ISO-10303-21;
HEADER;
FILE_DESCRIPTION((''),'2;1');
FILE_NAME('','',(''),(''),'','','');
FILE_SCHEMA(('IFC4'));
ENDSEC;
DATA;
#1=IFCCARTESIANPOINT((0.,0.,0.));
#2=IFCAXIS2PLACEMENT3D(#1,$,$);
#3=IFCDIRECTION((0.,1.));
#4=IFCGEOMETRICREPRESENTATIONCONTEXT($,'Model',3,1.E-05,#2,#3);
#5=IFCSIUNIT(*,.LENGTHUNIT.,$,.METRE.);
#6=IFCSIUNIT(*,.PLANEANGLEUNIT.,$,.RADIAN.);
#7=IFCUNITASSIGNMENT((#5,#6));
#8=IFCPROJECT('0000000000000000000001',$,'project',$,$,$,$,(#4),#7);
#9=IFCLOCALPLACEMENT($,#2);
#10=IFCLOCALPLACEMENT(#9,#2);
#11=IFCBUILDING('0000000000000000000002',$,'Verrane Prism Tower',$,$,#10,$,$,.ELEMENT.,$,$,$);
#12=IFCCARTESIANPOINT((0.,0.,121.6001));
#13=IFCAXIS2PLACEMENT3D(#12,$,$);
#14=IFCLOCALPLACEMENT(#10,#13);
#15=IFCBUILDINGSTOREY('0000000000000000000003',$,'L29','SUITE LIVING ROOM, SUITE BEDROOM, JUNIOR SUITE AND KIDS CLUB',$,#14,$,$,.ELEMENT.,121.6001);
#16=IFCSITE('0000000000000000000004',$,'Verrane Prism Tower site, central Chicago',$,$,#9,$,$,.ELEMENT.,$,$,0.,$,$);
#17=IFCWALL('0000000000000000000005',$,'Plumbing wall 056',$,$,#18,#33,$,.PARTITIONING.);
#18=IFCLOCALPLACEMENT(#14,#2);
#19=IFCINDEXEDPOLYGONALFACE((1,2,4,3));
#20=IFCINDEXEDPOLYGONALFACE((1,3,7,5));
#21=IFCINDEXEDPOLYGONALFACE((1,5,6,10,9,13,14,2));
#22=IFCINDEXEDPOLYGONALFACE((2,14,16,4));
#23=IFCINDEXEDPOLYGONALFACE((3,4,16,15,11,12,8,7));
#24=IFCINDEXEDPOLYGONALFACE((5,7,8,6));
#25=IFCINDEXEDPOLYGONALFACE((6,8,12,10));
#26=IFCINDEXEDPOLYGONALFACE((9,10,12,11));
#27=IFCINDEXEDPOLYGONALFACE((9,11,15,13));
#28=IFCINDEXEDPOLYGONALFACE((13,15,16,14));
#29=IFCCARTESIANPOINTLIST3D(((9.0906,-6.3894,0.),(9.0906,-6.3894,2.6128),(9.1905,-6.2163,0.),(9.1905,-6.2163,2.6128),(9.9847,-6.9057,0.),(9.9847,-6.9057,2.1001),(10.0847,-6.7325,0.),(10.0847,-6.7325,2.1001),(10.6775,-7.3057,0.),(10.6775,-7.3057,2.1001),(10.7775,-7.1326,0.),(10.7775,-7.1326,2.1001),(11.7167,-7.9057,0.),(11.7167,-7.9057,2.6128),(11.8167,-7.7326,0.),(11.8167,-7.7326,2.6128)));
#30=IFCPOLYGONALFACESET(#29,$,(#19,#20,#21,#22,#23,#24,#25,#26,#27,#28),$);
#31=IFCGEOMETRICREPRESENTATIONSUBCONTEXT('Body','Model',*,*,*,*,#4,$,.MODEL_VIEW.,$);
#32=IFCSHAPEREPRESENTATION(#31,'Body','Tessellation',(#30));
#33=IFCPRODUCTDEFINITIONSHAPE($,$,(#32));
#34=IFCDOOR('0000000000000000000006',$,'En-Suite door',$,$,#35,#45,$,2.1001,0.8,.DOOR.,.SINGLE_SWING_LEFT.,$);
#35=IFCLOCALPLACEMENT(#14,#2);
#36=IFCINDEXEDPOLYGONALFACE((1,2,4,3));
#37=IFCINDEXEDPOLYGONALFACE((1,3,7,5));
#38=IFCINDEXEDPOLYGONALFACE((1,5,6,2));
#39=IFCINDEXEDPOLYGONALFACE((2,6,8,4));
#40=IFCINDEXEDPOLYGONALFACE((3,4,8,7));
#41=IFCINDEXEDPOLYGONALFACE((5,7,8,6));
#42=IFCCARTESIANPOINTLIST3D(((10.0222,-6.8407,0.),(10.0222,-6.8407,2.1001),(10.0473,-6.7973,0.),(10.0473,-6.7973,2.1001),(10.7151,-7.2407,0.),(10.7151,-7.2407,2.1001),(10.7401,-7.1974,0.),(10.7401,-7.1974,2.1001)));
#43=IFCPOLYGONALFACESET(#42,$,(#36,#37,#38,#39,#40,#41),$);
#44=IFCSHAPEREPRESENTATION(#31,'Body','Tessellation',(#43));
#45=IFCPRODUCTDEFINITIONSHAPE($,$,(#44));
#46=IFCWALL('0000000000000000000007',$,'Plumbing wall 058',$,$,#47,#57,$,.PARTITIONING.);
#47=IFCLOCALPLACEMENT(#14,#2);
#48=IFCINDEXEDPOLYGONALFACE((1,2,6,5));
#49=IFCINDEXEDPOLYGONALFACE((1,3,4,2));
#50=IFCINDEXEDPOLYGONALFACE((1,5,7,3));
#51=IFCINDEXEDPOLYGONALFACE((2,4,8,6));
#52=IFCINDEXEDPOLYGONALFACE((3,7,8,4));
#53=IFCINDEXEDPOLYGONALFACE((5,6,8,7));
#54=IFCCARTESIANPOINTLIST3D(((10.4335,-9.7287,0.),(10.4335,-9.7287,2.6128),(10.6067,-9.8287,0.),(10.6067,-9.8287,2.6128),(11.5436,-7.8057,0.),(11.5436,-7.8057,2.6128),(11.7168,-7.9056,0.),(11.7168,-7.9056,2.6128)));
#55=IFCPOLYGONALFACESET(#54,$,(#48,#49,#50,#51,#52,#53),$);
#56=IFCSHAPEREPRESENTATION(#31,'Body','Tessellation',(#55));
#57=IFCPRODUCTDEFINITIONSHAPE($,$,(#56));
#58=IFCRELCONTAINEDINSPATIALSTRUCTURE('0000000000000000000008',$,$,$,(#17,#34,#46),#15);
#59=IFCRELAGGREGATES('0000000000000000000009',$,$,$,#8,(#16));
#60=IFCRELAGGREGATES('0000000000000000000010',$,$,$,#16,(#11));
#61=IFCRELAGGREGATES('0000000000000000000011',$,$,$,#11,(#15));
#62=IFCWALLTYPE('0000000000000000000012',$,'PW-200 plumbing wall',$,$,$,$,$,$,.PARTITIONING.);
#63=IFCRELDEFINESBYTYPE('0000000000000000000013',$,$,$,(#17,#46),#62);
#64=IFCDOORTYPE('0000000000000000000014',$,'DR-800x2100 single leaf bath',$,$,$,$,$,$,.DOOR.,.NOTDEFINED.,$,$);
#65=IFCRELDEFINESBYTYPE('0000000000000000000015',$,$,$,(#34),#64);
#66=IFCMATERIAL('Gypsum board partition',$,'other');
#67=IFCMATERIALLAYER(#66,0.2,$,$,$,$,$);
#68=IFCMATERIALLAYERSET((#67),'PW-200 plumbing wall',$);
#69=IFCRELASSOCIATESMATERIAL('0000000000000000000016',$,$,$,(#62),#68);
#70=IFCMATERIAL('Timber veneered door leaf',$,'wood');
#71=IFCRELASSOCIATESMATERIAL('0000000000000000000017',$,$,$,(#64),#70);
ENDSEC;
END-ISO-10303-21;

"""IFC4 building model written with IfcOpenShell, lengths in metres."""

from ifc_helpers import new_model, si_unit, direction, frame, frame_2d, origin, place, context, subcontext, project, spatial, rectangle, extrude, material, layer, layer_set, type_object, element, fill, save


model = new_model("IFC4")

# Units and contexts
model_context = context("Model", 3, precision=1e-05, world=origin(), true_north=direction((0.0, 1.0)))
body_context = subcontext(model_context, "Body", "Model", "MODEL_VIEW")
ifc_project = project(units=[si_unit("LENGTHUNIT", "METRE"), si_unit("PLANEANGLEUNIT", "RADIAN")], contexts=[model_context])

# Site, building, storey
site_placement = place(None, origin())
site = spatial("IfcSite", under=ifc_project, at=site_placement, Name="Verrane Prism Tower site, central Chicago", CompositionType="ELEMENT", RefElevation=0.0)
building_placement = place(site_placement, origin())
building = spatial("IfcBuilding", under=site, at=building_placement, Name="Verrane Prism Tower", CompositionType="ELEMENT")
storey_placement = place(building_placement, frame((0.0, 0.0, 121.6001)))
storey = spatial("IfcBuildingStorey", under=building, at=storey_placement, Name="L29", Description="SUITE LIVING ROOM, SUITE BEDROOM, JUNIOR SUITE AND KIDS CLUB", CompositionType="ELEMENT", Elevation=121.6001)

# Wall, opening, door
ifc_material_1 = material(Name="Gypsum board partition", Category="other")
ifc_layer_1 = layer(ifc_material_1, 0.2)
ifc_layer_set_1 = layer_set([ifc_layer_1], Name="PW-200 plumbing wall")
wall_type_1 = type_object("IfcWallType", Name="PW-200 plumbing wall", PredefinedType="PARTITIONING", material=ifc_layer_set_1)
wall_1_placement = place(storey_placement, frame((11.7666, -7.8191, 0.0), z_axis=(0.0, 0.0, 1.0), x_axis=(-0.86601, 0.500027, 0.0)))
wall_1 = element("IfcWall", 1, at=wall_1_placement, inside=storey, type_object=wall_type_1, Name="Plumbing wall 056", PredefinedType="PARTITIONING", context=body_context, shape_type="SweptSolid", body=[
    extrude(rectangle(XDim=3.0325, YDim=0.2, at=frame_2d((1.5161, 0.0))), origin(), (0.0, 0.0, 1.0), 2.6128),
])
opening_placement = place(wall_1_placement, frame((1.2, 0.0, 0.0)))
opening = element("IfcOpeningElement", 2, at=opening_placement, cuts=wall_1, PredefinedType="OPENING", context=body_context, shape_type="SweptSolid", body=[
    extrude(rectangle(XDim=0.8, YDim=2.1001, at=frame_2d((0.3999, 1.05))), frame((0.0, 0.1099, 0.0), z_axis=(0.0, -1.0, 0.0), x_axis=(1.0, 0.0, 0.0)), (0.0, 0.0, 1.0), 0.22),
])
ifc_material_2 = material(Name="Timber veneered door leaf", Category="wood")
door_type = type_object("IfcDoorType", Name="DR-800x2100 single leaf bath", OperationType="NOTDEFINED", PredefinedType="DOOR", material=ifc_material_2)
door_placement = place(opening_placement, origin())
door = element("IfcDoor", 3, at=door_placement, inside=storey, type_object=door_type, Name="En-Suite door", OperationType="SINGLE_SWING_LEFT", OverallHeight=2.1001, OverallWidth=0.8, PredefinedType="DOOR", context=body_context, shape_type="SweptSolid", body=[
    extrude(rectangle(XDim=0.8, YDim=2.1001, at=frame_2d((0.3999, 1.05))), frame((0.0, 0.0249, 0.0), z_axis=(0.0, -1.0, 0.0), x_axis=(1.0, 0.0, 0.0)), (0.0, 0.0, 1.0), 0.05),
])
fill(opening, door)

# Wall
wall_2_placement = place(storey_placement, frame((10.52, -9.7788, 0.0), z_axis=(0.0, 0.0, 1.0), x_axis=(0.499935, 0.866063, 0.0)))
element("IfcWall", 4, at=wall_2_placement, inside=storey, type_object=wall_type_1, Name="Plumbing wall 058", PredefinedType="PARTITIONING", context=body_context, shape_type="SweptSolid", body=[
    extrude(rectangle(XDim=2.2205, YDim=0.2, at=frame_2d((1.1104, 0.0))), origin(), (0.0, 0.0, 1.0), 2.6128),
])

save(model, "model.ifc")
